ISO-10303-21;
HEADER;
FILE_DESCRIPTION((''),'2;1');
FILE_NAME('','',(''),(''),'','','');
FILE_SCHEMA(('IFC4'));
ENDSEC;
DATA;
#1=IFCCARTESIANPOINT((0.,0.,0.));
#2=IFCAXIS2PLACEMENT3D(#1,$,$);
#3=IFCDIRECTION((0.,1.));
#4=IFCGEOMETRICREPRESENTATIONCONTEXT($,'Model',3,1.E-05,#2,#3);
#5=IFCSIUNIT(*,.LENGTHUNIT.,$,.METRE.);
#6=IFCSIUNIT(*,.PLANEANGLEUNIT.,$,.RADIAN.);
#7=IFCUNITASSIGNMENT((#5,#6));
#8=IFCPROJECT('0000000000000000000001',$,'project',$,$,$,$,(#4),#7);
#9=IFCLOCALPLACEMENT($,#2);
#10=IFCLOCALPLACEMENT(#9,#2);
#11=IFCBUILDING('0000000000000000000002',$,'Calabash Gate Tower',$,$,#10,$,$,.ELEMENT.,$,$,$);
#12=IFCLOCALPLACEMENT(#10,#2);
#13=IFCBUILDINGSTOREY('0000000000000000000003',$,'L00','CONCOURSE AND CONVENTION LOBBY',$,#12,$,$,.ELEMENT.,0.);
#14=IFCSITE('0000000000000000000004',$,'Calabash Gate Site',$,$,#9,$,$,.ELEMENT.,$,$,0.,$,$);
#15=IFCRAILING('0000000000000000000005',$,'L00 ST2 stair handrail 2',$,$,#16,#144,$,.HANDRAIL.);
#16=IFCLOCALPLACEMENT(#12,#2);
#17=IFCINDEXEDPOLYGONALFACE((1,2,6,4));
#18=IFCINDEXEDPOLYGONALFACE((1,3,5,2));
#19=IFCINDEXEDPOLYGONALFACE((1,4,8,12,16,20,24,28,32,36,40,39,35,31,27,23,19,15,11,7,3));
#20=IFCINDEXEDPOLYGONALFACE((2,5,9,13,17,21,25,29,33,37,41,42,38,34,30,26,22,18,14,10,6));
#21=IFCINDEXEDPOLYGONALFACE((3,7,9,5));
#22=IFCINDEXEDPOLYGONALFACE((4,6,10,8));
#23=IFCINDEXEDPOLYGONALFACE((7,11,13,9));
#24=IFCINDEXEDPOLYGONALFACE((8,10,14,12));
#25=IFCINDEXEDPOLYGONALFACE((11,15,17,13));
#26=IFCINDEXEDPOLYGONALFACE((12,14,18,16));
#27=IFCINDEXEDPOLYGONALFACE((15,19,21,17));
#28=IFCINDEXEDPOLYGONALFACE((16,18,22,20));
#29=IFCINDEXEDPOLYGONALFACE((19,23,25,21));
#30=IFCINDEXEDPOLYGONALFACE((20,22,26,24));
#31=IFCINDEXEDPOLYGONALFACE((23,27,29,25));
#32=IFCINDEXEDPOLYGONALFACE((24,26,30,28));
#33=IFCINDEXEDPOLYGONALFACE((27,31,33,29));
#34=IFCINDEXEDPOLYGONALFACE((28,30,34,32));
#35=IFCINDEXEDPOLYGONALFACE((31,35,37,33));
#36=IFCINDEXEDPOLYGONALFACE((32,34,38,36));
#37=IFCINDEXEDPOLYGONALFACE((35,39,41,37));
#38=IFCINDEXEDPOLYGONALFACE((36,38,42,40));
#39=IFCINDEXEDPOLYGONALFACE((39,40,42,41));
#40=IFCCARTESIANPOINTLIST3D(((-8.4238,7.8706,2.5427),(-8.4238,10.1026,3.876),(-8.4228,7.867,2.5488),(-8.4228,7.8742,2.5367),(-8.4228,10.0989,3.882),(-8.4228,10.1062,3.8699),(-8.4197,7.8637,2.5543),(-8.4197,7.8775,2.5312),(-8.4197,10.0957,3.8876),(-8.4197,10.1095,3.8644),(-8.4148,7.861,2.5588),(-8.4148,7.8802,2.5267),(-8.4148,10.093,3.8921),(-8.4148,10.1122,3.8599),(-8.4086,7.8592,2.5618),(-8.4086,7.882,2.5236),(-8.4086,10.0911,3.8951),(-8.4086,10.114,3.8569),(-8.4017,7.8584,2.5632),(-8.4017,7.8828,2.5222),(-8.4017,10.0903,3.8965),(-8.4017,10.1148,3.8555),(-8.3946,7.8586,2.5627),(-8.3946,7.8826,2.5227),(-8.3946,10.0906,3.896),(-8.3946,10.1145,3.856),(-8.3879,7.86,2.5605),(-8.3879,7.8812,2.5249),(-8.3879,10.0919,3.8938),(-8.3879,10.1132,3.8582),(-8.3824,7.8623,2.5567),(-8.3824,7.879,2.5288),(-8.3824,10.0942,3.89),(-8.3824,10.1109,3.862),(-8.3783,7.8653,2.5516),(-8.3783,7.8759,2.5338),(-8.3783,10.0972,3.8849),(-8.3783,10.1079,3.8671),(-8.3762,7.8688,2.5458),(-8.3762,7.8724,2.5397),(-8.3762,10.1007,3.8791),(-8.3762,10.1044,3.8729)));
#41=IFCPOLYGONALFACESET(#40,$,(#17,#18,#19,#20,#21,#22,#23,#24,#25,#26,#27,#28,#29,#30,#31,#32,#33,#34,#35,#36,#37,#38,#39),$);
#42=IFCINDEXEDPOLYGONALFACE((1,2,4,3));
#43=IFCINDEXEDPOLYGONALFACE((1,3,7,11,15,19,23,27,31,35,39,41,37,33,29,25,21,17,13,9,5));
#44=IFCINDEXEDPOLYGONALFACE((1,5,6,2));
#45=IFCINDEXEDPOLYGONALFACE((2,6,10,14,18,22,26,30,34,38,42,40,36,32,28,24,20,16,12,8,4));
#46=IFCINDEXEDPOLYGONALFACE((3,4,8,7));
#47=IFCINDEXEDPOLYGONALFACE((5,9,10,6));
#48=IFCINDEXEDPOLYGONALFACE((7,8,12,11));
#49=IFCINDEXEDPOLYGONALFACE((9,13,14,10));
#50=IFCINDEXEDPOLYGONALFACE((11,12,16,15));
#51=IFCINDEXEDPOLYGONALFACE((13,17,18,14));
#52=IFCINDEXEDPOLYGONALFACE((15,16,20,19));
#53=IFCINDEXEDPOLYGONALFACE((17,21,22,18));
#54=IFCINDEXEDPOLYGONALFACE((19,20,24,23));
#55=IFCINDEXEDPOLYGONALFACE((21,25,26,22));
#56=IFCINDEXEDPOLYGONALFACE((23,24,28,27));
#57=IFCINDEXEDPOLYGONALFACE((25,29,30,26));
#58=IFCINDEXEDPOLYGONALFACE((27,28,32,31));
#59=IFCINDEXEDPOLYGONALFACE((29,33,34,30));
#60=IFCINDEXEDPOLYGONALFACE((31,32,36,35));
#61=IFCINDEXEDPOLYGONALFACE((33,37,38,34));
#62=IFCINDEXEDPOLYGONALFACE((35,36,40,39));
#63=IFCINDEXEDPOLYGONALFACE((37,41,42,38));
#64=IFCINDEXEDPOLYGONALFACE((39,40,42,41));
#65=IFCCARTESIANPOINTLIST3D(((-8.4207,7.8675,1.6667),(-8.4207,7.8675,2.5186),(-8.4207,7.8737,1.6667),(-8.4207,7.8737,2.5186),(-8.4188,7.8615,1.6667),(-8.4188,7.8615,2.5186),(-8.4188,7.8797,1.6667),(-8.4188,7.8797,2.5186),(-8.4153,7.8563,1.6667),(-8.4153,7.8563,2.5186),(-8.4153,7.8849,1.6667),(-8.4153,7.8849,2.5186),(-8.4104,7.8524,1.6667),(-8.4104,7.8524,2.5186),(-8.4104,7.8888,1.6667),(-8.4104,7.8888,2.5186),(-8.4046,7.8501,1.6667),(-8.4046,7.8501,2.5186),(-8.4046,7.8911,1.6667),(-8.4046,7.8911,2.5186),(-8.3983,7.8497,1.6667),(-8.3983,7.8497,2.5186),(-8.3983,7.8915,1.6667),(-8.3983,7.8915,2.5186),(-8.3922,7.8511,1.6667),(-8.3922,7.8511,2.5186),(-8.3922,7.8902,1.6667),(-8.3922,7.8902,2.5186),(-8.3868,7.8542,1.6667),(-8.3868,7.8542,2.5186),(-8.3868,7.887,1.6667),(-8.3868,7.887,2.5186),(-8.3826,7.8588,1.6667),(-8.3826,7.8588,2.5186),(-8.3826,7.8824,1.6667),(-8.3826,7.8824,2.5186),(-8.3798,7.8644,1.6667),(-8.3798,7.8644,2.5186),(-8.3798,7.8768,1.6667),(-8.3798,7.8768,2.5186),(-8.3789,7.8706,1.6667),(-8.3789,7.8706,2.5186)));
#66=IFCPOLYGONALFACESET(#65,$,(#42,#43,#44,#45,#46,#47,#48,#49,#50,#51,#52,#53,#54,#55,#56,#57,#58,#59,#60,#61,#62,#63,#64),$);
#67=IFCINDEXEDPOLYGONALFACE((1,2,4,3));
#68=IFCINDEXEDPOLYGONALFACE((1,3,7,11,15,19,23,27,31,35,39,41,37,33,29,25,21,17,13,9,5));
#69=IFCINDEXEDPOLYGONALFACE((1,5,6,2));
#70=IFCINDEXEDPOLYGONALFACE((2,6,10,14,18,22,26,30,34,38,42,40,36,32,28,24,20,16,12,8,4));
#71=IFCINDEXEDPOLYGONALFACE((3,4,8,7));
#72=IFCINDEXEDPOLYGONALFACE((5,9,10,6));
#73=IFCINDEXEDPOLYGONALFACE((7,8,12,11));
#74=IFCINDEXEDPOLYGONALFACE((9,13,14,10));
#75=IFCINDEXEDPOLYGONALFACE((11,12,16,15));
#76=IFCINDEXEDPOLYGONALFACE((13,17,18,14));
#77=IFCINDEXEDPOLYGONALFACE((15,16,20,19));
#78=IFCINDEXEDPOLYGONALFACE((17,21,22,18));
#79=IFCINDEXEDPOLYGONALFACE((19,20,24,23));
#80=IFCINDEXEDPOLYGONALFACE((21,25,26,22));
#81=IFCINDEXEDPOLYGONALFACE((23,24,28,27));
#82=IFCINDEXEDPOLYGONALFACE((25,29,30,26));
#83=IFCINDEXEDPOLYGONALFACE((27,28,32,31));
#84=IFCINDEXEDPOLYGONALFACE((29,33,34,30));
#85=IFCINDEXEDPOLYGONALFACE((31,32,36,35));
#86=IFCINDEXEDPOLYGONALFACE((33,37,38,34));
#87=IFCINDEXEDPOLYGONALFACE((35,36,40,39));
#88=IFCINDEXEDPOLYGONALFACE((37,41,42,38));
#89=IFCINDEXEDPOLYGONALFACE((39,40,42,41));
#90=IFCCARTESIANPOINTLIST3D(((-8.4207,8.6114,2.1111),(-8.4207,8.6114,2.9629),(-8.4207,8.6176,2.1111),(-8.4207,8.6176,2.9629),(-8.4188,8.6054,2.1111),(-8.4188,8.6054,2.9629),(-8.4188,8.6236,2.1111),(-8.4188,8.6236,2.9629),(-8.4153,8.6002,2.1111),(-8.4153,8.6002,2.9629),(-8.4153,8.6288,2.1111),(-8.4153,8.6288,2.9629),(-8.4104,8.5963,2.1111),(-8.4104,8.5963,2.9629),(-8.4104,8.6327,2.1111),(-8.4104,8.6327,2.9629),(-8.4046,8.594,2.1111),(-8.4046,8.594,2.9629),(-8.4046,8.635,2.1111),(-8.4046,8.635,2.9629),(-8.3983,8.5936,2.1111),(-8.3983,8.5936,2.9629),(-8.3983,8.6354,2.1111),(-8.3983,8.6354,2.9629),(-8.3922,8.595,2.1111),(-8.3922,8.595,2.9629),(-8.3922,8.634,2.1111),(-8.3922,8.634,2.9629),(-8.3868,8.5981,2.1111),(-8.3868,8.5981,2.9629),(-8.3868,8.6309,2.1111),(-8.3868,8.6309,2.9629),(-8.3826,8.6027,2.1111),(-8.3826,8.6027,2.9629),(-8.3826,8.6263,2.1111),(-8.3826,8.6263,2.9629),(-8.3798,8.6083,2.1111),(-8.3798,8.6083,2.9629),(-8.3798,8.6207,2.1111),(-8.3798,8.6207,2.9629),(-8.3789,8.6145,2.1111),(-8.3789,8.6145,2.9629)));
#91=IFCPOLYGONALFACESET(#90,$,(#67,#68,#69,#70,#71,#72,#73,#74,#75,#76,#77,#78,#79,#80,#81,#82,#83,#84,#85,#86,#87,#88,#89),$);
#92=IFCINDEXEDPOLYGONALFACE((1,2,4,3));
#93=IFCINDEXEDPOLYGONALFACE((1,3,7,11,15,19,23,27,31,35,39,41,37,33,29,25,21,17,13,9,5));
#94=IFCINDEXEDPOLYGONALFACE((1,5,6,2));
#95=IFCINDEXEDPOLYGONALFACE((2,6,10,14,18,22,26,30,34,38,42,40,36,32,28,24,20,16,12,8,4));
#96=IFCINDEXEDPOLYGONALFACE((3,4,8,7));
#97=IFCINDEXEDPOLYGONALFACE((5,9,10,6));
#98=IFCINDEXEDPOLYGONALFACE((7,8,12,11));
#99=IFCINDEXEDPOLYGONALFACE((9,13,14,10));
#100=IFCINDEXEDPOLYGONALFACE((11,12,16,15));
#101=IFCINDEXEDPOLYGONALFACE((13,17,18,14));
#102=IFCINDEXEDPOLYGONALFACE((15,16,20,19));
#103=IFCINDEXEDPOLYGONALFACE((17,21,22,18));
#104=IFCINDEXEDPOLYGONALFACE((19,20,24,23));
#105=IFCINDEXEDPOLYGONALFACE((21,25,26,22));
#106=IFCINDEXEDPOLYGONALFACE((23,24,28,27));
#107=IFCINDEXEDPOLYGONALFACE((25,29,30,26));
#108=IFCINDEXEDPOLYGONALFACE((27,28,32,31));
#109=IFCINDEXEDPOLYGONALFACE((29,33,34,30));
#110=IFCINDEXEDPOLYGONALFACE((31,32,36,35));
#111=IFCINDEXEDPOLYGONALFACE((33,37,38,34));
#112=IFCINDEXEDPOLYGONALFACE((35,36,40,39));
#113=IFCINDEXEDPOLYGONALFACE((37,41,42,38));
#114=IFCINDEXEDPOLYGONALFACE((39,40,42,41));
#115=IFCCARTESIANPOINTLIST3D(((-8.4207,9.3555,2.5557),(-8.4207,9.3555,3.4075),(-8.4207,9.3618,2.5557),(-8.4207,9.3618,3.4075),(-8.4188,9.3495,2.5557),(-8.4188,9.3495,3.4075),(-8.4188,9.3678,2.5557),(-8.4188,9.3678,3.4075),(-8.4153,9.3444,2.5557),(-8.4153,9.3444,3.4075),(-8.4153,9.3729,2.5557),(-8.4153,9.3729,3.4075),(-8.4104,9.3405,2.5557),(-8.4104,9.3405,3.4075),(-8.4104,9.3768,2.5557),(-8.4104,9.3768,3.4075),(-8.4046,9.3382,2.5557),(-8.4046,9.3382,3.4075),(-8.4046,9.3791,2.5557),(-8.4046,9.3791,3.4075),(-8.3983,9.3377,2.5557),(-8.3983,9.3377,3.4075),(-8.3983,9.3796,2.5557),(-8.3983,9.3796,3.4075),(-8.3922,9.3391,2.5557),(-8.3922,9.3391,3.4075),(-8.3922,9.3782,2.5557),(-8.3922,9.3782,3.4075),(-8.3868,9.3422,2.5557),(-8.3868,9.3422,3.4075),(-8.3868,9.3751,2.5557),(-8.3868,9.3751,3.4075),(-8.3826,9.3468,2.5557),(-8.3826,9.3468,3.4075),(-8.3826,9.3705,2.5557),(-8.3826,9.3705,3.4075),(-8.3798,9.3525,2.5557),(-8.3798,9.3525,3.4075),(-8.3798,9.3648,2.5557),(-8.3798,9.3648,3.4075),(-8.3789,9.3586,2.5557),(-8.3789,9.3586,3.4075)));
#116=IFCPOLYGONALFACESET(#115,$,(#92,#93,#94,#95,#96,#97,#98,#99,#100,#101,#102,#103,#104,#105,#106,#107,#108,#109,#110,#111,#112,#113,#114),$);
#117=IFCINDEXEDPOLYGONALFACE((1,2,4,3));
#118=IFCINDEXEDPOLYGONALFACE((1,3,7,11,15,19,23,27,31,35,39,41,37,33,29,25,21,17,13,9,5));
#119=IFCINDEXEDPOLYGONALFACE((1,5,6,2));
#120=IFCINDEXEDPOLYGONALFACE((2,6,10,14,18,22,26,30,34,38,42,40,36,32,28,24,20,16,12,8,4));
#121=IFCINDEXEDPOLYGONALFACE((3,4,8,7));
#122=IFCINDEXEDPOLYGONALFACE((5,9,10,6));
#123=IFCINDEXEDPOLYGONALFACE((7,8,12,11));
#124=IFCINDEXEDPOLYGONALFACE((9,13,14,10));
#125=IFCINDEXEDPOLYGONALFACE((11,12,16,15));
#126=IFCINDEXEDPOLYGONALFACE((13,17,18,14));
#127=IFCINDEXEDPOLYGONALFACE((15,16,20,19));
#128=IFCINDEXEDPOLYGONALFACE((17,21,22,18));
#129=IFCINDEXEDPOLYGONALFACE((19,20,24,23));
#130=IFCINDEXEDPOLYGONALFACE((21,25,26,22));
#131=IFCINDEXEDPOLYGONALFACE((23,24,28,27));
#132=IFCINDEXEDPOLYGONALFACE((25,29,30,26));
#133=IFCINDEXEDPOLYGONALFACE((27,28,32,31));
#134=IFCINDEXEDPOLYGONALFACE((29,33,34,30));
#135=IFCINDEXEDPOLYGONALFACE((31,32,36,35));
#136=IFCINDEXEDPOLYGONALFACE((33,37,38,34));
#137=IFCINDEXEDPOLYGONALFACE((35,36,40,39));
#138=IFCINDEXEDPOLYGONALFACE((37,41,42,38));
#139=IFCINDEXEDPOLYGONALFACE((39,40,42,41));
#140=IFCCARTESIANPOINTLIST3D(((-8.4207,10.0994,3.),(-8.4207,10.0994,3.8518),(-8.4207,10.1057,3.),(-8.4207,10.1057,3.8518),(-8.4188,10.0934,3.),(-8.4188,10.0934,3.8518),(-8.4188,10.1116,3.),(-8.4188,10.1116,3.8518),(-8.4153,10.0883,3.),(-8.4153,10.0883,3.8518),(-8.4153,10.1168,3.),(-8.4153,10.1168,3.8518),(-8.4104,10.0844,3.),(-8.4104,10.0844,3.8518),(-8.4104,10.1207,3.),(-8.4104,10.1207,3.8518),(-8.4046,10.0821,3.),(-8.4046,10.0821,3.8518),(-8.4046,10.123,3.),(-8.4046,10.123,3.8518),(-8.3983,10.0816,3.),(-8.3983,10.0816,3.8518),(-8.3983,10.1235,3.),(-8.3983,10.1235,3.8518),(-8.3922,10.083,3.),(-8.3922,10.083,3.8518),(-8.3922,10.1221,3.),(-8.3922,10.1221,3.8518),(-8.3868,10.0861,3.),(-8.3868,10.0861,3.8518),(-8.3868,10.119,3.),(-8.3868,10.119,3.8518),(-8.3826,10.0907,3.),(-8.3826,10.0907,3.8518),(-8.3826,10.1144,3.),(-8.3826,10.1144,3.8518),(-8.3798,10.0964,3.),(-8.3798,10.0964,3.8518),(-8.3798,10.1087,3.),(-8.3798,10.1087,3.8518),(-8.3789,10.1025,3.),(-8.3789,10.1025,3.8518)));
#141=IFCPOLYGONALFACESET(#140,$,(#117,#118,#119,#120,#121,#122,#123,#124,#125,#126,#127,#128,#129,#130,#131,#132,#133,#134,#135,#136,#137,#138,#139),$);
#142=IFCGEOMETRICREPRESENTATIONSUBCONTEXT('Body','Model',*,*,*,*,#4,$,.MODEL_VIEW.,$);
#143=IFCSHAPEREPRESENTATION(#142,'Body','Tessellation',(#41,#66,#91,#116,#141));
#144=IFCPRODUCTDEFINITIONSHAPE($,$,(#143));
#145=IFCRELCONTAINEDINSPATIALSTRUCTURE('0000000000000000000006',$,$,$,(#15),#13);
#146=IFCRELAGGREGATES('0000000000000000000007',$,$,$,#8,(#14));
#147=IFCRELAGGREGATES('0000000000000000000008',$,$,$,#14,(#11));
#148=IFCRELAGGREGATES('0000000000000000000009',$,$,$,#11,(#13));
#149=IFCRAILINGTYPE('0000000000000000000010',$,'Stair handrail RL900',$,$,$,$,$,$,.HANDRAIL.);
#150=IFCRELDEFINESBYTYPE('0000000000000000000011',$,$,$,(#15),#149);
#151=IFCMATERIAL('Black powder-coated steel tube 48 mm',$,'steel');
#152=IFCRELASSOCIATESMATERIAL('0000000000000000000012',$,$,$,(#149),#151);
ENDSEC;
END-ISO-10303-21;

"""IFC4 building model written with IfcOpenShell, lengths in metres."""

from ifc_helpers import new_model, si_unit, direction, frame, origin, origin_2d, place, context, subcontext, project, spatial, circle, extrude, material, type_object, element, save


model = new_model("IFC4")

# Units and contexts
model_context = context("Model", 3, precision=1e-05, world=origin(), true_north=direction((0.0, 1.0)))
body_context = subcontext(model_context, "Body", "Model", "MODEL_VIEW")
ifc_project = project(units=[si_unit("LENGTHUNIT", "METRE"), si_unit("PLANEANGLEUNIT", "RADIAN")], contexts=[model_context])

# Site, building, storey
site_placement = place(None, origin())
site = spatial("IfcSite", under=ifc_project, at=site_placement, Name="Calabash Gate Site", CompositionType="ELEMENT", RefElevation=0.0)
building_placement = place(site_placement, origin())
building = spatial("IfcBuilding", under=site, at=building_placement, Name="Calabash Gate Tower", CompositionType="ELEMENT")
storey_placement = place(building_placement, origin())
storey = spatial("IfcBuildingStorey", under=building, at=storey_placement, Name="L00", Description="CONCOURSE AND CONVENTION LOBBY", CompositionType="ELEMENT", Elevation=0.0)

# Railing
ifc_material_1 = material(Name="Black powder-coated steel tube 48 mm", Category="steel")
railing_type_1 = type_object("IfcRailingType", Name="Stair handrail RL900", PredefinedType="HANDRAIL", material=ifc_material_1)
for number, where, name in (
    (1, (-8.3999, 7.8706, 1.6667), "L00 ST2 stair handrail 2"),
):
    element("IfcRailing", number, at=place(storey_placement, frame(where)), inside=storey, type_object=railing_type_1, Name=name, PredefinedType="HANDRAIL", context=body_context, shape_type="SweptSolid", body=[
        extrude(circle(Radius=0.0239, at=origin_2d()), frame((0.0, 0.0, 0.876), z_axis=(0.0, 0.858494, 0.512824), x_axis=(-1.0, 0.0, 0.0)), (0.0, 0.0, 1.0), 2.5999),
        extrude(circle(Radius=0.021, at=origin_2d()), origin(), (0.0, 0.0, 1.0), 0.8518),
        extrude(circle(Radius=0.021, at=origin_2d()), frame((0.0, 0.7439, 0.4443)), (0.0, 0.0, 1.0), 0.8518),
        extrude(circle(Radius=0.021, at=origin_2d()), frame((0.0, 1.488, 0.8889)), (0.0, 0.0, 1.0), 0.8518),
        extrude(circle(Radius=0.021, at=origin_2d()), frame((0.0, 2.2319, 1.3333)), (0.0, 0.0, 1.0), 0.8518),
    ])

save(model, "model.ifc")
